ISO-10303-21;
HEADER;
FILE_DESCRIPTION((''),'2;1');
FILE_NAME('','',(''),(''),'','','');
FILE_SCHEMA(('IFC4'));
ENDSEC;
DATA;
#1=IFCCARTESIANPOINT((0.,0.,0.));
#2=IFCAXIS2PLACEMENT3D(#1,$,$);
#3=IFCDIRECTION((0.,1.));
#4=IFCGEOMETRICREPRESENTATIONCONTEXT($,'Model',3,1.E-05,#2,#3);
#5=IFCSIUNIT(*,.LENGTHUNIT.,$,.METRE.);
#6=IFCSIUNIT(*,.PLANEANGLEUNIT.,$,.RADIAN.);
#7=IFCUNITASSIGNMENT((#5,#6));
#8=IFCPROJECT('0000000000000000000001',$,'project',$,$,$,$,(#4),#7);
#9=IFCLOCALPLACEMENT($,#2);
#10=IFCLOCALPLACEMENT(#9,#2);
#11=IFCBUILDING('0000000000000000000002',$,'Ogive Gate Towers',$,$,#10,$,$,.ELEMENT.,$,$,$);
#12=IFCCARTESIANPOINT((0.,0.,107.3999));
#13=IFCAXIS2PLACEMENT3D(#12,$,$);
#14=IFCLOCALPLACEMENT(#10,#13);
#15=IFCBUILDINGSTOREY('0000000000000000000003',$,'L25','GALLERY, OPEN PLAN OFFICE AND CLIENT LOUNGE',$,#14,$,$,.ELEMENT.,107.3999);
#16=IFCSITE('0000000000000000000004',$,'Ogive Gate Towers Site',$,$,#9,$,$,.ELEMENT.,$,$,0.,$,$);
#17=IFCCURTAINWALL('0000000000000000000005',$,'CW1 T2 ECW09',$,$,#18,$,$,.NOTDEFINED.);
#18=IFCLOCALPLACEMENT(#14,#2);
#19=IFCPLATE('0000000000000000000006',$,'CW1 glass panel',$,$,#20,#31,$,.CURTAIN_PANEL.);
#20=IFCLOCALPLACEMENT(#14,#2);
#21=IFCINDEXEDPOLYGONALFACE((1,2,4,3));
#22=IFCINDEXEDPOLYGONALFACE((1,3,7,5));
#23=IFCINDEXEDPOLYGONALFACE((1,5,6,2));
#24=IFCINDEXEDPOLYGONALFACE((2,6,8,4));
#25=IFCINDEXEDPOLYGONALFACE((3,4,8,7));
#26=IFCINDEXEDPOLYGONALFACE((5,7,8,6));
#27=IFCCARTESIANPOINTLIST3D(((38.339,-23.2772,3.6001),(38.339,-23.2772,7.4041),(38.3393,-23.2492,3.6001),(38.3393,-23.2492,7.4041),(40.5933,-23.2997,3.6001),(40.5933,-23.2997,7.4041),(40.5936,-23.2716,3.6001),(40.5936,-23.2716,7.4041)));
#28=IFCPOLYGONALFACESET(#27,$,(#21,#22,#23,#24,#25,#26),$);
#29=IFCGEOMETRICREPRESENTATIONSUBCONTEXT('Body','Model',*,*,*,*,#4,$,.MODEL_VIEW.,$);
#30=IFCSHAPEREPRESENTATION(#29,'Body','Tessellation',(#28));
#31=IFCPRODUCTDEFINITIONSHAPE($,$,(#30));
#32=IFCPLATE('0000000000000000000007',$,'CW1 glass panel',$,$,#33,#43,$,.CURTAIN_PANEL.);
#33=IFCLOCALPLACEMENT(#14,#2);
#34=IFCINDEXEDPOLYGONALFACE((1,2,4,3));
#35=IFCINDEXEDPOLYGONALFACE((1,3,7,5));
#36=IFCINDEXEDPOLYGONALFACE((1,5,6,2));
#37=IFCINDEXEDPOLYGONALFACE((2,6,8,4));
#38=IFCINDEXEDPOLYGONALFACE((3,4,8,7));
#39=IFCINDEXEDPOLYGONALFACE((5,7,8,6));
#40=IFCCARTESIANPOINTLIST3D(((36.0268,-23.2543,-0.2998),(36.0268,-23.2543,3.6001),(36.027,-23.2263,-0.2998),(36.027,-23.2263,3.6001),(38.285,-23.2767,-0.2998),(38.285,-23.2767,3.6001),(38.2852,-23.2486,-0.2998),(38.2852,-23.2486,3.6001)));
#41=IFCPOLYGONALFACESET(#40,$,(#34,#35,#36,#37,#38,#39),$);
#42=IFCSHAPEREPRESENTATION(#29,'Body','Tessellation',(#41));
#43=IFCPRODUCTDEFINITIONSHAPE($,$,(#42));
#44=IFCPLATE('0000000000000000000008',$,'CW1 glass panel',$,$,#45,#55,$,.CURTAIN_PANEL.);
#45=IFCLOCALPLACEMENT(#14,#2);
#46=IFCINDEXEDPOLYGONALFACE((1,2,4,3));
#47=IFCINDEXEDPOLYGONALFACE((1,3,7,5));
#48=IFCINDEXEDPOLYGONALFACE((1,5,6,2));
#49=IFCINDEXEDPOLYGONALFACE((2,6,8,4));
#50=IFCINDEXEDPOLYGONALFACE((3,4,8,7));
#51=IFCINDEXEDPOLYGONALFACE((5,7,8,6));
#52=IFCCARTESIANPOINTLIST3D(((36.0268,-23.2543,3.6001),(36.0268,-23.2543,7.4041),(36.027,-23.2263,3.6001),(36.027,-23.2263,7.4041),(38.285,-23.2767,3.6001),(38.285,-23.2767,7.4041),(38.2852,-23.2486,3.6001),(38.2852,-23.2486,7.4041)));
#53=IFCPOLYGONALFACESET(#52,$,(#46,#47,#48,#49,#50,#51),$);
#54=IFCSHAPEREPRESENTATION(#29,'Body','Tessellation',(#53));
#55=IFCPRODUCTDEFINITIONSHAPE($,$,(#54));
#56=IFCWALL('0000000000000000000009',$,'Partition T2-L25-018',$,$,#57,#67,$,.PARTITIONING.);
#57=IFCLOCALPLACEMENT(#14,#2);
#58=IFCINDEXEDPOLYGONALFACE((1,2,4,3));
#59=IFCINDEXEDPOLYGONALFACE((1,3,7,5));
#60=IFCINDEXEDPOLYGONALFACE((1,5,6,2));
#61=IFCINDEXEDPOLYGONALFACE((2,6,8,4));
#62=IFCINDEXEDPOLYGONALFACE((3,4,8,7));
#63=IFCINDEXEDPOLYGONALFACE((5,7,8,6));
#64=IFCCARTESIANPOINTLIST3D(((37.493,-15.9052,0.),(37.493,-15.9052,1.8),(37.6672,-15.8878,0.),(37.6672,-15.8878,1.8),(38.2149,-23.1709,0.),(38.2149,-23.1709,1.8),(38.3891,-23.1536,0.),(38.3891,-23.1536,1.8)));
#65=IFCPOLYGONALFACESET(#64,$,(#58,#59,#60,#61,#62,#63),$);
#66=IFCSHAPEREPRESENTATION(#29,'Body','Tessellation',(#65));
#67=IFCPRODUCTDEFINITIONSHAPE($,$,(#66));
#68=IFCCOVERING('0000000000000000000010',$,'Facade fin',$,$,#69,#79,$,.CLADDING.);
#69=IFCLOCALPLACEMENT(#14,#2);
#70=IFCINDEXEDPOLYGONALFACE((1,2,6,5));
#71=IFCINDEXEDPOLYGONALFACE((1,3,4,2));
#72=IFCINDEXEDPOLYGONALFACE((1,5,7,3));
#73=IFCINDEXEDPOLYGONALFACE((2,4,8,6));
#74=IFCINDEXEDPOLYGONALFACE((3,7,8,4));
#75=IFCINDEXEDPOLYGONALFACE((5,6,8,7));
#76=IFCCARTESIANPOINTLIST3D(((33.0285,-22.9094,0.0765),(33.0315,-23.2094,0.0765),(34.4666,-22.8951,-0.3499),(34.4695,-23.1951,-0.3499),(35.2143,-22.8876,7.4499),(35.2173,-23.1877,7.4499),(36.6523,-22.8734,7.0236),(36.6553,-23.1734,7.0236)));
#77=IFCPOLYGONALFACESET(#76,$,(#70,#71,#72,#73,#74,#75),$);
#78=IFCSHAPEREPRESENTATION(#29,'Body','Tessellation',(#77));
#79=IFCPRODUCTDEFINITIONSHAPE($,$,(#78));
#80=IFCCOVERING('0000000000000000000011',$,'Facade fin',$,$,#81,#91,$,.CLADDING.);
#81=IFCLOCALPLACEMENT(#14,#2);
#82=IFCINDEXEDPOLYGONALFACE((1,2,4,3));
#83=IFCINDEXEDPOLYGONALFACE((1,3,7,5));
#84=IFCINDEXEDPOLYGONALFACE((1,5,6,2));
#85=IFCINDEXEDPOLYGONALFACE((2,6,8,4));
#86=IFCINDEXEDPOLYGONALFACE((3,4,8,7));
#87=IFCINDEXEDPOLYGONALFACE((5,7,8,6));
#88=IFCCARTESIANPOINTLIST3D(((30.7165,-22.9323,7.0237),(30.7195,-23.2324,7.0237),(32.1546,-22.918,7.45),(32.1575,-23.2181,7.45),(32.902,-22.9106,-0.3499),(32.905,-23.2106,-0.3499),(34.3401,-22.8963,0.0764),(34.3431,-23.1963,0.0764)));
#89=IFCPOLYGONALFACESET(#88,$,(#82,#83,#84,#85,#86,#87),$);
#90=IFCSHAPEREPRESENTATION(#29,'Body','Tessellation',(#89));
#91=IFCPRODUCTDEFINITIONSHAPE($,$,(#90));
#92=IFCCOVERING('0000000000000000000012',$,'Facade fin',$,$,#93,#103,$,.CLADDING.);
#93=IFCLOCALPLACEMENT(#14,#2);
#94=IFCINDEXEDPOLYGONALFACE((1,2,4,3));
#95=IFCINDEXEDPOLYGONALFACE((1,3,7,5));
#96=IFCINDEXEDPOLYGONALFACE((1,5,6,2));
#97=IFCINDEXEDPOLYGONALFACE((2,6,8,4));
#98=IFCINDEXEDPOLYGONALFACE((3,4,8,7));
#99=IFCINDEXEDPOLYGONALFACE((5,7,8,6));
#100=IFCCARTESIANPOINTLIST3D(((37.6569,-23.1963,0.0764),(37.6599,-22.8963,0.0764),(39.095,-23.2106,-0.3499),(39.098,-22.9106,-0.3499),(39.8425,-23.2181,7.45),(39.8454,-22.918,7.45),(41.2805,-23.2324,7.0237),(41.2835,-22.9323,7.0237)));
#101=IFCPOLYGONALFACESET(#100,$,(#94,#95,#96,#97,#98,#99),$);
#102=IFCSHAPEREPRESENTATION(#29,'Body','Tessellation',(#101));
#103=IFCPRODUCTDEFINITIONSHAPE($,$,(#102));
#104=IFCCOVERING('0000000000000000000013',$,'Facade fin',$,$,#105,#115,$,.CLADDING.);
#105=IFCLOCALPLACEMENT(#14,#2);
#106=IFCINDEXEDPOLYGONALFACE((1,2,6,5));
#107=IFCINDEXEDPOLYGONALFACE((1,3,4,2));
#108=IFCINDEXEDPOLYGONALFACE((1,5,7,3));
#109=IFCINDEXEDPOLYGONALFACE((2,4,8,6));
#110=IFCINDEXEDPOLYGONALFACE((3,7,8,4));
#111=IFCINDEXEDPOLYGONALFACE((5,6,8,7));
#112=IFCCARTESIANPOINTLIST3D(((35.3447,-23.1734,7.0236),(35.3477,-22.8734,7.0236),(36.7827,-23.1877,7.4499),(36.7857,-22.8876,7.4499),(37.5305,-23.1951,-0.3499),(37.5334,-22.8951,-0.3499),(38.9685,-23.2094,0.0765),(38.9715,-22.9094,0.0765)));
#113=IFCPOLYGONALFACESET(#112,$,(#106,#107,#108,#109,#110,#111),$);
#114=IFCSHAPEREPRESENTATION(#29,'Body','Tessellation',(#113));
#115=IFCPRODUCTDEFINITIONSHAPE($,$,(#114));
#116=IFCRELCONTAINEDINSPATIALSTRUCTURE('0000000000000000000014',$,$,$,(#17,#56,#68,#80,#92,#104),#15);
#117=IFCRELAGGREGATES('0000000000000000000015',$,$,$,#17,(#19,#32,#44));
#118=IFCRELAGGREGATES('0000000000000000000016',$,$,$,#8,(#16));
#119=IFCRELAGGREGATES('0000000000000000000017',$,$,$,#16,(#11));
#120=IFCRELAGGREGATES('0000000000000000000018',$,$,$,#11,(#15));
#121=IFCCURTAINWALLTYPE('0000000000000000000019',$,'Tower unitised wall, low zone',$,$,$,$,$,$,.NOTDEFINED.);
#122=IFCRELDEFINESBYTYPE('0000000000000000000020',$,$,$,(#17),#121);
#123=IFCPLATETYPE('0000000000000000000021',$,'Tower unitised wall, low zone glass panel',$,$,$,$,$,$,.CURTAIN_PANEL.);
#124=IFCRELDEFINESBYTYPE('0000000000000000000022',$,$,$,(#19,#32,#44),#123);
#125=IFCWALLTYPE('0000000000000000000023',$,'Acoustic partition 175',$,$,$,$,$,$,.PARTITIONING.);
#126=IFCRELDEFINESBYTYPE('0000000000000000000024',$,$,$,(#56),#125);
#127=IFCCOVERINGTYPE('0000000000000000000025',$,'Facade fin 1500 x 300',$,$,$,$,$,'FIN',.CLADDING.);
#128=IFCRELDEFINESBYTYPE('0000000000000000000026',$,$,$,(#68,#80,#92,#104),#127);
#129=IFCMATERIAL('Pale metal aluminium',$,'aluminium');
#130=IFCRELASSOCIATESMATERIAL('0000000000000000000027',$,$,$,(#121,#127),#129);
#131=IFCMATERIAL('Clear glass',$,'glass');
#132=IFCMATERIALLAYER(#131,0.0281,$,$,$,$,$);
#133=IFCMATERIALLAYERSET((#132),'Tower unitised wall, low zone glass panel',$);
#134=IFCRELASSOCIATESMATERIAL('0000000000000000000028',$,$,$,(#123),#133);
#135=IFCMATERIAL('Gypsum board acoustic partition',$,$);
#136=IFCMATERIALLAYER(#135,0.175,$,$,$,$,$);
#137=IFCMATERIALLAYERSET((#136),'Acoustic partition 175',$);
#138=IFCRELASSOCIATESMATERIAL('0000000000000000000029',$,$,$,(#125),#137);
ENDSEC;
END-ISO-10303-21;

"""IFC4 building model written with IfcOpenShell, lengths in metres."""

from ifc_helpers import new_model, si_unit, direction, frame, frame_2d, origin, origin_2d, place, context, subcontext, project, spatial, rectangle, extrude, material, layer, layer_set, material_profile, profile_set, type_object, element, aggregate, save


model = new_model("IFC4")

# Units and contexts
model_context = context("Model", 3, precision=1e-05, world=origin(), true_north=direction((0.0, 1.0)))
body_context = subcontext(model_context, "Body", "Model", "MODEL_VIEW")
ifc_project = project(units=[si_unit("LENGTHUNIT", "METRE"), si_unit("PLANEANGLEUNIT", "RADIAN")], contexts=[model_context])

# Site, building, storey
site_placement = place(None, origin())
site = spatial("IfcSite", under=ifc_project, at=site_placement, Name="Ogive Gate Towers Site", CompositionType="ELEMENT", RefElevation=0.0)
building_placement = place(site_placement, origin())
building = spatial("IfcBuilding", under=site, at=building_placement, Name="Ogive Gate Towers", CompositionType="ELEMENT")
storey_placement = place(building_placement, frame((0.0, 0.0, 107.3999)))
storey = spatial("IfcBuildingStorey", under=building, at=storey_placement, Name="L25", Description="GALLERY, OPEN PLAN OFFICE AND CLIENT LOUNGE", CompositionType="ELEMENT", Elevation=107.3999)

# Curtain wall
ifc_material_1 = material(Name="Pale metal aluminium", Category="aluminium")
curtain_wall_type = type_object("IfcCurtainWallType", Name="Tower unitised wall, low zone", PredefinedType="NOTDEFINED", material=ifc_material_1)
curtain_wall_1_placement = place(storey_placement, origin())
curtain_wall_1 = element("IfcCurtainWall", 1, at=curtain_wall_1_placement, inside=storey, type_object=curtain_wall_type, Name="CW1 T2 ECW09", PredefinedType="NOTDEFINED")

# Plates
ifc_material_2 = material(Name="Clear glass", Category="glass")
ifc_layer_1 = layer(ifc_material_2, 0.0281)
ifc_layer_set_1 = layer_set([ifc_layer_1], Name="Tower unitised wall, low zone glass panel")
plate_type = type_object("IfcPlateType", Name="Tower unitised wall, low zone glass panel", PredefinedType="CURTAIN_PANEL", material=ifc_layer_set_1)
plate_1_placement = place(storey_placement, frame((39.4663, -23.2744, 3.6001), z_axis=(0.0, 0.0, 1.0), x_axis=(-0.999951, 0.009948, 0.0)))
plate_1 = element("IfcPlate", 2, at=plate_1_placement, type_object=plate_type, Name="CW1 glass panel", PredefinedType="CURTAIN_PANEL", context=body_context, shape_type="SweptSolid", body=[
    extrude(rectangle(XDim=2.2544, YDim=0.0281, at=origin_2d()), origin(), (0.0, 0.0, 1.0), 3.804),
])
plate_2_placement = place(storey_placement, frame((37.156, -23.2515, -0.2998), z_axis=(0.0, 0.0, 1.0), x_axis=(-0.999951, 0.009896, 0.0)))
plate_2 = element("IfcPlate", 3, at=plate_2_placement, type_object=plate_type, Name="CW1 glass panel", PredefinedType="CURTAIN_PANEL", context=body_context, shape_type="SweptSolid", body=[
    extrude(rectangle(XDim=2.2583, YDim=0.0281, at=origin_2d()), origin(), (0.0, 0.0, 1.0), 3.8999),
])
plate_3_placement = place(storey_placement, frame((37.156, -23.2515, 3.6001), z_axis=(0.0, 0.0, 1.0), x_axis=(-0.999951, 0.009896, 0.0)))
plate_3 = element("IfcPlate", 4, at=plate_3_placement, type_object=plate_type, Name="CW1 glass panel", PredefinedType="CURTAIN_PANEL", context=body_context, shape_type="SweptSolid", body=[
    extrude(rectangle(XDim=2.2583, YDim=0.0281, at=origin_2d()), origin(), (0.0, 0.0, 1.0), 3.804),
])
aggregate(curtain_wall_1, [plate_1, plate_2, plate_3])

# Wall
ifc_material_3 = material(Name="Gypsum board acoustic partition")
ifc_layer_2 = layer(ifc_material_3, 0.175)
ifc_layer_set_2 = layer_set([ifc_layer_2], Name="Acoustic partition 175")
wall_type = type_object("IfcWallType", Name="Acoustic partition 175", PredefinedType="PARTITIONING", material=ifc_layer_set_2)
wall_placement = place(storey_placement, frame((38.302, -23.1624, 0.0), z_axis=(0.0, 0.0, 1.0), x_axis=(-0.098875, 0.9951, 0.0)))
element("IfcWall", 5, at=wall_placement, inside=storey, type_object=wall_type, Name="Partition T2-L25-018", PredefinedType="PARTITIONING", context=body_context, shape_type="SweptSolid", body=[
    extrude(rectangle(XDim=7.3015, YDim=0.175, at=frame_2d((3.6509, 0.0))), origin(), (0.0, 0.0, 1.0), 1.8),
])

# Coverings
ifc_material_profile_1 = material_profile(ifc_material_1, rectangle(XDim=0.3, YDim=1.5, at=origin_2d()), Name="1500 x 300 pale metal aluminium")
ifc_profile_set_1 = profile_set([ifc_material_profile_1], Name="Pale metal aluminium")
covering_type = type_object("IfcCoveringType", Name="Facade fin 1500 x 300", ElementType="FIN", PredefinedType="CLADDING", material=ifc_profile_set_1)
for number, where, z_axis, x_axis, name in (
    (6, (33.749, -23.0522, -0.1367), (0.284211, 0.002825, 0.958757), (-0.00994, 0.999951, 0.0), "Facade fin"),
    (7, (33.6226, -23.0535, -0.1367), (-0.284182, -0.002825, 0.958766), (0.009941, -0.999951, 0.0), "Facade fin"),
    (8, (38.3774, -23.0535, -0.1367), (0.284182, -0.002825, 0.958766), (0.009941, 0.999951, 0.0), "Facade fin"),
    (9, (38.251, -23.0522, -0.1367), (-0.284211, 0.002825, 0.958757), (-0.00994, -0.999951, 0.0), "Facade fin"),
):
    element("IfcCovering", number, at=place(storey_placement, frame(where, z_axis=z_axis, x_axis=x_axis)), inside=storey, type_object=covering_type, Name=name, PredefinedType="CLADDING", context=body_context, shape_type="SweptSolid", body=[
        extrude(rectangle(XDim=0.3, YDim=1.5, at=origin_2d()), origin(), (0.0, 0.0, 1.0), 7.6907),
    ])

save(model, "model.ifc")
